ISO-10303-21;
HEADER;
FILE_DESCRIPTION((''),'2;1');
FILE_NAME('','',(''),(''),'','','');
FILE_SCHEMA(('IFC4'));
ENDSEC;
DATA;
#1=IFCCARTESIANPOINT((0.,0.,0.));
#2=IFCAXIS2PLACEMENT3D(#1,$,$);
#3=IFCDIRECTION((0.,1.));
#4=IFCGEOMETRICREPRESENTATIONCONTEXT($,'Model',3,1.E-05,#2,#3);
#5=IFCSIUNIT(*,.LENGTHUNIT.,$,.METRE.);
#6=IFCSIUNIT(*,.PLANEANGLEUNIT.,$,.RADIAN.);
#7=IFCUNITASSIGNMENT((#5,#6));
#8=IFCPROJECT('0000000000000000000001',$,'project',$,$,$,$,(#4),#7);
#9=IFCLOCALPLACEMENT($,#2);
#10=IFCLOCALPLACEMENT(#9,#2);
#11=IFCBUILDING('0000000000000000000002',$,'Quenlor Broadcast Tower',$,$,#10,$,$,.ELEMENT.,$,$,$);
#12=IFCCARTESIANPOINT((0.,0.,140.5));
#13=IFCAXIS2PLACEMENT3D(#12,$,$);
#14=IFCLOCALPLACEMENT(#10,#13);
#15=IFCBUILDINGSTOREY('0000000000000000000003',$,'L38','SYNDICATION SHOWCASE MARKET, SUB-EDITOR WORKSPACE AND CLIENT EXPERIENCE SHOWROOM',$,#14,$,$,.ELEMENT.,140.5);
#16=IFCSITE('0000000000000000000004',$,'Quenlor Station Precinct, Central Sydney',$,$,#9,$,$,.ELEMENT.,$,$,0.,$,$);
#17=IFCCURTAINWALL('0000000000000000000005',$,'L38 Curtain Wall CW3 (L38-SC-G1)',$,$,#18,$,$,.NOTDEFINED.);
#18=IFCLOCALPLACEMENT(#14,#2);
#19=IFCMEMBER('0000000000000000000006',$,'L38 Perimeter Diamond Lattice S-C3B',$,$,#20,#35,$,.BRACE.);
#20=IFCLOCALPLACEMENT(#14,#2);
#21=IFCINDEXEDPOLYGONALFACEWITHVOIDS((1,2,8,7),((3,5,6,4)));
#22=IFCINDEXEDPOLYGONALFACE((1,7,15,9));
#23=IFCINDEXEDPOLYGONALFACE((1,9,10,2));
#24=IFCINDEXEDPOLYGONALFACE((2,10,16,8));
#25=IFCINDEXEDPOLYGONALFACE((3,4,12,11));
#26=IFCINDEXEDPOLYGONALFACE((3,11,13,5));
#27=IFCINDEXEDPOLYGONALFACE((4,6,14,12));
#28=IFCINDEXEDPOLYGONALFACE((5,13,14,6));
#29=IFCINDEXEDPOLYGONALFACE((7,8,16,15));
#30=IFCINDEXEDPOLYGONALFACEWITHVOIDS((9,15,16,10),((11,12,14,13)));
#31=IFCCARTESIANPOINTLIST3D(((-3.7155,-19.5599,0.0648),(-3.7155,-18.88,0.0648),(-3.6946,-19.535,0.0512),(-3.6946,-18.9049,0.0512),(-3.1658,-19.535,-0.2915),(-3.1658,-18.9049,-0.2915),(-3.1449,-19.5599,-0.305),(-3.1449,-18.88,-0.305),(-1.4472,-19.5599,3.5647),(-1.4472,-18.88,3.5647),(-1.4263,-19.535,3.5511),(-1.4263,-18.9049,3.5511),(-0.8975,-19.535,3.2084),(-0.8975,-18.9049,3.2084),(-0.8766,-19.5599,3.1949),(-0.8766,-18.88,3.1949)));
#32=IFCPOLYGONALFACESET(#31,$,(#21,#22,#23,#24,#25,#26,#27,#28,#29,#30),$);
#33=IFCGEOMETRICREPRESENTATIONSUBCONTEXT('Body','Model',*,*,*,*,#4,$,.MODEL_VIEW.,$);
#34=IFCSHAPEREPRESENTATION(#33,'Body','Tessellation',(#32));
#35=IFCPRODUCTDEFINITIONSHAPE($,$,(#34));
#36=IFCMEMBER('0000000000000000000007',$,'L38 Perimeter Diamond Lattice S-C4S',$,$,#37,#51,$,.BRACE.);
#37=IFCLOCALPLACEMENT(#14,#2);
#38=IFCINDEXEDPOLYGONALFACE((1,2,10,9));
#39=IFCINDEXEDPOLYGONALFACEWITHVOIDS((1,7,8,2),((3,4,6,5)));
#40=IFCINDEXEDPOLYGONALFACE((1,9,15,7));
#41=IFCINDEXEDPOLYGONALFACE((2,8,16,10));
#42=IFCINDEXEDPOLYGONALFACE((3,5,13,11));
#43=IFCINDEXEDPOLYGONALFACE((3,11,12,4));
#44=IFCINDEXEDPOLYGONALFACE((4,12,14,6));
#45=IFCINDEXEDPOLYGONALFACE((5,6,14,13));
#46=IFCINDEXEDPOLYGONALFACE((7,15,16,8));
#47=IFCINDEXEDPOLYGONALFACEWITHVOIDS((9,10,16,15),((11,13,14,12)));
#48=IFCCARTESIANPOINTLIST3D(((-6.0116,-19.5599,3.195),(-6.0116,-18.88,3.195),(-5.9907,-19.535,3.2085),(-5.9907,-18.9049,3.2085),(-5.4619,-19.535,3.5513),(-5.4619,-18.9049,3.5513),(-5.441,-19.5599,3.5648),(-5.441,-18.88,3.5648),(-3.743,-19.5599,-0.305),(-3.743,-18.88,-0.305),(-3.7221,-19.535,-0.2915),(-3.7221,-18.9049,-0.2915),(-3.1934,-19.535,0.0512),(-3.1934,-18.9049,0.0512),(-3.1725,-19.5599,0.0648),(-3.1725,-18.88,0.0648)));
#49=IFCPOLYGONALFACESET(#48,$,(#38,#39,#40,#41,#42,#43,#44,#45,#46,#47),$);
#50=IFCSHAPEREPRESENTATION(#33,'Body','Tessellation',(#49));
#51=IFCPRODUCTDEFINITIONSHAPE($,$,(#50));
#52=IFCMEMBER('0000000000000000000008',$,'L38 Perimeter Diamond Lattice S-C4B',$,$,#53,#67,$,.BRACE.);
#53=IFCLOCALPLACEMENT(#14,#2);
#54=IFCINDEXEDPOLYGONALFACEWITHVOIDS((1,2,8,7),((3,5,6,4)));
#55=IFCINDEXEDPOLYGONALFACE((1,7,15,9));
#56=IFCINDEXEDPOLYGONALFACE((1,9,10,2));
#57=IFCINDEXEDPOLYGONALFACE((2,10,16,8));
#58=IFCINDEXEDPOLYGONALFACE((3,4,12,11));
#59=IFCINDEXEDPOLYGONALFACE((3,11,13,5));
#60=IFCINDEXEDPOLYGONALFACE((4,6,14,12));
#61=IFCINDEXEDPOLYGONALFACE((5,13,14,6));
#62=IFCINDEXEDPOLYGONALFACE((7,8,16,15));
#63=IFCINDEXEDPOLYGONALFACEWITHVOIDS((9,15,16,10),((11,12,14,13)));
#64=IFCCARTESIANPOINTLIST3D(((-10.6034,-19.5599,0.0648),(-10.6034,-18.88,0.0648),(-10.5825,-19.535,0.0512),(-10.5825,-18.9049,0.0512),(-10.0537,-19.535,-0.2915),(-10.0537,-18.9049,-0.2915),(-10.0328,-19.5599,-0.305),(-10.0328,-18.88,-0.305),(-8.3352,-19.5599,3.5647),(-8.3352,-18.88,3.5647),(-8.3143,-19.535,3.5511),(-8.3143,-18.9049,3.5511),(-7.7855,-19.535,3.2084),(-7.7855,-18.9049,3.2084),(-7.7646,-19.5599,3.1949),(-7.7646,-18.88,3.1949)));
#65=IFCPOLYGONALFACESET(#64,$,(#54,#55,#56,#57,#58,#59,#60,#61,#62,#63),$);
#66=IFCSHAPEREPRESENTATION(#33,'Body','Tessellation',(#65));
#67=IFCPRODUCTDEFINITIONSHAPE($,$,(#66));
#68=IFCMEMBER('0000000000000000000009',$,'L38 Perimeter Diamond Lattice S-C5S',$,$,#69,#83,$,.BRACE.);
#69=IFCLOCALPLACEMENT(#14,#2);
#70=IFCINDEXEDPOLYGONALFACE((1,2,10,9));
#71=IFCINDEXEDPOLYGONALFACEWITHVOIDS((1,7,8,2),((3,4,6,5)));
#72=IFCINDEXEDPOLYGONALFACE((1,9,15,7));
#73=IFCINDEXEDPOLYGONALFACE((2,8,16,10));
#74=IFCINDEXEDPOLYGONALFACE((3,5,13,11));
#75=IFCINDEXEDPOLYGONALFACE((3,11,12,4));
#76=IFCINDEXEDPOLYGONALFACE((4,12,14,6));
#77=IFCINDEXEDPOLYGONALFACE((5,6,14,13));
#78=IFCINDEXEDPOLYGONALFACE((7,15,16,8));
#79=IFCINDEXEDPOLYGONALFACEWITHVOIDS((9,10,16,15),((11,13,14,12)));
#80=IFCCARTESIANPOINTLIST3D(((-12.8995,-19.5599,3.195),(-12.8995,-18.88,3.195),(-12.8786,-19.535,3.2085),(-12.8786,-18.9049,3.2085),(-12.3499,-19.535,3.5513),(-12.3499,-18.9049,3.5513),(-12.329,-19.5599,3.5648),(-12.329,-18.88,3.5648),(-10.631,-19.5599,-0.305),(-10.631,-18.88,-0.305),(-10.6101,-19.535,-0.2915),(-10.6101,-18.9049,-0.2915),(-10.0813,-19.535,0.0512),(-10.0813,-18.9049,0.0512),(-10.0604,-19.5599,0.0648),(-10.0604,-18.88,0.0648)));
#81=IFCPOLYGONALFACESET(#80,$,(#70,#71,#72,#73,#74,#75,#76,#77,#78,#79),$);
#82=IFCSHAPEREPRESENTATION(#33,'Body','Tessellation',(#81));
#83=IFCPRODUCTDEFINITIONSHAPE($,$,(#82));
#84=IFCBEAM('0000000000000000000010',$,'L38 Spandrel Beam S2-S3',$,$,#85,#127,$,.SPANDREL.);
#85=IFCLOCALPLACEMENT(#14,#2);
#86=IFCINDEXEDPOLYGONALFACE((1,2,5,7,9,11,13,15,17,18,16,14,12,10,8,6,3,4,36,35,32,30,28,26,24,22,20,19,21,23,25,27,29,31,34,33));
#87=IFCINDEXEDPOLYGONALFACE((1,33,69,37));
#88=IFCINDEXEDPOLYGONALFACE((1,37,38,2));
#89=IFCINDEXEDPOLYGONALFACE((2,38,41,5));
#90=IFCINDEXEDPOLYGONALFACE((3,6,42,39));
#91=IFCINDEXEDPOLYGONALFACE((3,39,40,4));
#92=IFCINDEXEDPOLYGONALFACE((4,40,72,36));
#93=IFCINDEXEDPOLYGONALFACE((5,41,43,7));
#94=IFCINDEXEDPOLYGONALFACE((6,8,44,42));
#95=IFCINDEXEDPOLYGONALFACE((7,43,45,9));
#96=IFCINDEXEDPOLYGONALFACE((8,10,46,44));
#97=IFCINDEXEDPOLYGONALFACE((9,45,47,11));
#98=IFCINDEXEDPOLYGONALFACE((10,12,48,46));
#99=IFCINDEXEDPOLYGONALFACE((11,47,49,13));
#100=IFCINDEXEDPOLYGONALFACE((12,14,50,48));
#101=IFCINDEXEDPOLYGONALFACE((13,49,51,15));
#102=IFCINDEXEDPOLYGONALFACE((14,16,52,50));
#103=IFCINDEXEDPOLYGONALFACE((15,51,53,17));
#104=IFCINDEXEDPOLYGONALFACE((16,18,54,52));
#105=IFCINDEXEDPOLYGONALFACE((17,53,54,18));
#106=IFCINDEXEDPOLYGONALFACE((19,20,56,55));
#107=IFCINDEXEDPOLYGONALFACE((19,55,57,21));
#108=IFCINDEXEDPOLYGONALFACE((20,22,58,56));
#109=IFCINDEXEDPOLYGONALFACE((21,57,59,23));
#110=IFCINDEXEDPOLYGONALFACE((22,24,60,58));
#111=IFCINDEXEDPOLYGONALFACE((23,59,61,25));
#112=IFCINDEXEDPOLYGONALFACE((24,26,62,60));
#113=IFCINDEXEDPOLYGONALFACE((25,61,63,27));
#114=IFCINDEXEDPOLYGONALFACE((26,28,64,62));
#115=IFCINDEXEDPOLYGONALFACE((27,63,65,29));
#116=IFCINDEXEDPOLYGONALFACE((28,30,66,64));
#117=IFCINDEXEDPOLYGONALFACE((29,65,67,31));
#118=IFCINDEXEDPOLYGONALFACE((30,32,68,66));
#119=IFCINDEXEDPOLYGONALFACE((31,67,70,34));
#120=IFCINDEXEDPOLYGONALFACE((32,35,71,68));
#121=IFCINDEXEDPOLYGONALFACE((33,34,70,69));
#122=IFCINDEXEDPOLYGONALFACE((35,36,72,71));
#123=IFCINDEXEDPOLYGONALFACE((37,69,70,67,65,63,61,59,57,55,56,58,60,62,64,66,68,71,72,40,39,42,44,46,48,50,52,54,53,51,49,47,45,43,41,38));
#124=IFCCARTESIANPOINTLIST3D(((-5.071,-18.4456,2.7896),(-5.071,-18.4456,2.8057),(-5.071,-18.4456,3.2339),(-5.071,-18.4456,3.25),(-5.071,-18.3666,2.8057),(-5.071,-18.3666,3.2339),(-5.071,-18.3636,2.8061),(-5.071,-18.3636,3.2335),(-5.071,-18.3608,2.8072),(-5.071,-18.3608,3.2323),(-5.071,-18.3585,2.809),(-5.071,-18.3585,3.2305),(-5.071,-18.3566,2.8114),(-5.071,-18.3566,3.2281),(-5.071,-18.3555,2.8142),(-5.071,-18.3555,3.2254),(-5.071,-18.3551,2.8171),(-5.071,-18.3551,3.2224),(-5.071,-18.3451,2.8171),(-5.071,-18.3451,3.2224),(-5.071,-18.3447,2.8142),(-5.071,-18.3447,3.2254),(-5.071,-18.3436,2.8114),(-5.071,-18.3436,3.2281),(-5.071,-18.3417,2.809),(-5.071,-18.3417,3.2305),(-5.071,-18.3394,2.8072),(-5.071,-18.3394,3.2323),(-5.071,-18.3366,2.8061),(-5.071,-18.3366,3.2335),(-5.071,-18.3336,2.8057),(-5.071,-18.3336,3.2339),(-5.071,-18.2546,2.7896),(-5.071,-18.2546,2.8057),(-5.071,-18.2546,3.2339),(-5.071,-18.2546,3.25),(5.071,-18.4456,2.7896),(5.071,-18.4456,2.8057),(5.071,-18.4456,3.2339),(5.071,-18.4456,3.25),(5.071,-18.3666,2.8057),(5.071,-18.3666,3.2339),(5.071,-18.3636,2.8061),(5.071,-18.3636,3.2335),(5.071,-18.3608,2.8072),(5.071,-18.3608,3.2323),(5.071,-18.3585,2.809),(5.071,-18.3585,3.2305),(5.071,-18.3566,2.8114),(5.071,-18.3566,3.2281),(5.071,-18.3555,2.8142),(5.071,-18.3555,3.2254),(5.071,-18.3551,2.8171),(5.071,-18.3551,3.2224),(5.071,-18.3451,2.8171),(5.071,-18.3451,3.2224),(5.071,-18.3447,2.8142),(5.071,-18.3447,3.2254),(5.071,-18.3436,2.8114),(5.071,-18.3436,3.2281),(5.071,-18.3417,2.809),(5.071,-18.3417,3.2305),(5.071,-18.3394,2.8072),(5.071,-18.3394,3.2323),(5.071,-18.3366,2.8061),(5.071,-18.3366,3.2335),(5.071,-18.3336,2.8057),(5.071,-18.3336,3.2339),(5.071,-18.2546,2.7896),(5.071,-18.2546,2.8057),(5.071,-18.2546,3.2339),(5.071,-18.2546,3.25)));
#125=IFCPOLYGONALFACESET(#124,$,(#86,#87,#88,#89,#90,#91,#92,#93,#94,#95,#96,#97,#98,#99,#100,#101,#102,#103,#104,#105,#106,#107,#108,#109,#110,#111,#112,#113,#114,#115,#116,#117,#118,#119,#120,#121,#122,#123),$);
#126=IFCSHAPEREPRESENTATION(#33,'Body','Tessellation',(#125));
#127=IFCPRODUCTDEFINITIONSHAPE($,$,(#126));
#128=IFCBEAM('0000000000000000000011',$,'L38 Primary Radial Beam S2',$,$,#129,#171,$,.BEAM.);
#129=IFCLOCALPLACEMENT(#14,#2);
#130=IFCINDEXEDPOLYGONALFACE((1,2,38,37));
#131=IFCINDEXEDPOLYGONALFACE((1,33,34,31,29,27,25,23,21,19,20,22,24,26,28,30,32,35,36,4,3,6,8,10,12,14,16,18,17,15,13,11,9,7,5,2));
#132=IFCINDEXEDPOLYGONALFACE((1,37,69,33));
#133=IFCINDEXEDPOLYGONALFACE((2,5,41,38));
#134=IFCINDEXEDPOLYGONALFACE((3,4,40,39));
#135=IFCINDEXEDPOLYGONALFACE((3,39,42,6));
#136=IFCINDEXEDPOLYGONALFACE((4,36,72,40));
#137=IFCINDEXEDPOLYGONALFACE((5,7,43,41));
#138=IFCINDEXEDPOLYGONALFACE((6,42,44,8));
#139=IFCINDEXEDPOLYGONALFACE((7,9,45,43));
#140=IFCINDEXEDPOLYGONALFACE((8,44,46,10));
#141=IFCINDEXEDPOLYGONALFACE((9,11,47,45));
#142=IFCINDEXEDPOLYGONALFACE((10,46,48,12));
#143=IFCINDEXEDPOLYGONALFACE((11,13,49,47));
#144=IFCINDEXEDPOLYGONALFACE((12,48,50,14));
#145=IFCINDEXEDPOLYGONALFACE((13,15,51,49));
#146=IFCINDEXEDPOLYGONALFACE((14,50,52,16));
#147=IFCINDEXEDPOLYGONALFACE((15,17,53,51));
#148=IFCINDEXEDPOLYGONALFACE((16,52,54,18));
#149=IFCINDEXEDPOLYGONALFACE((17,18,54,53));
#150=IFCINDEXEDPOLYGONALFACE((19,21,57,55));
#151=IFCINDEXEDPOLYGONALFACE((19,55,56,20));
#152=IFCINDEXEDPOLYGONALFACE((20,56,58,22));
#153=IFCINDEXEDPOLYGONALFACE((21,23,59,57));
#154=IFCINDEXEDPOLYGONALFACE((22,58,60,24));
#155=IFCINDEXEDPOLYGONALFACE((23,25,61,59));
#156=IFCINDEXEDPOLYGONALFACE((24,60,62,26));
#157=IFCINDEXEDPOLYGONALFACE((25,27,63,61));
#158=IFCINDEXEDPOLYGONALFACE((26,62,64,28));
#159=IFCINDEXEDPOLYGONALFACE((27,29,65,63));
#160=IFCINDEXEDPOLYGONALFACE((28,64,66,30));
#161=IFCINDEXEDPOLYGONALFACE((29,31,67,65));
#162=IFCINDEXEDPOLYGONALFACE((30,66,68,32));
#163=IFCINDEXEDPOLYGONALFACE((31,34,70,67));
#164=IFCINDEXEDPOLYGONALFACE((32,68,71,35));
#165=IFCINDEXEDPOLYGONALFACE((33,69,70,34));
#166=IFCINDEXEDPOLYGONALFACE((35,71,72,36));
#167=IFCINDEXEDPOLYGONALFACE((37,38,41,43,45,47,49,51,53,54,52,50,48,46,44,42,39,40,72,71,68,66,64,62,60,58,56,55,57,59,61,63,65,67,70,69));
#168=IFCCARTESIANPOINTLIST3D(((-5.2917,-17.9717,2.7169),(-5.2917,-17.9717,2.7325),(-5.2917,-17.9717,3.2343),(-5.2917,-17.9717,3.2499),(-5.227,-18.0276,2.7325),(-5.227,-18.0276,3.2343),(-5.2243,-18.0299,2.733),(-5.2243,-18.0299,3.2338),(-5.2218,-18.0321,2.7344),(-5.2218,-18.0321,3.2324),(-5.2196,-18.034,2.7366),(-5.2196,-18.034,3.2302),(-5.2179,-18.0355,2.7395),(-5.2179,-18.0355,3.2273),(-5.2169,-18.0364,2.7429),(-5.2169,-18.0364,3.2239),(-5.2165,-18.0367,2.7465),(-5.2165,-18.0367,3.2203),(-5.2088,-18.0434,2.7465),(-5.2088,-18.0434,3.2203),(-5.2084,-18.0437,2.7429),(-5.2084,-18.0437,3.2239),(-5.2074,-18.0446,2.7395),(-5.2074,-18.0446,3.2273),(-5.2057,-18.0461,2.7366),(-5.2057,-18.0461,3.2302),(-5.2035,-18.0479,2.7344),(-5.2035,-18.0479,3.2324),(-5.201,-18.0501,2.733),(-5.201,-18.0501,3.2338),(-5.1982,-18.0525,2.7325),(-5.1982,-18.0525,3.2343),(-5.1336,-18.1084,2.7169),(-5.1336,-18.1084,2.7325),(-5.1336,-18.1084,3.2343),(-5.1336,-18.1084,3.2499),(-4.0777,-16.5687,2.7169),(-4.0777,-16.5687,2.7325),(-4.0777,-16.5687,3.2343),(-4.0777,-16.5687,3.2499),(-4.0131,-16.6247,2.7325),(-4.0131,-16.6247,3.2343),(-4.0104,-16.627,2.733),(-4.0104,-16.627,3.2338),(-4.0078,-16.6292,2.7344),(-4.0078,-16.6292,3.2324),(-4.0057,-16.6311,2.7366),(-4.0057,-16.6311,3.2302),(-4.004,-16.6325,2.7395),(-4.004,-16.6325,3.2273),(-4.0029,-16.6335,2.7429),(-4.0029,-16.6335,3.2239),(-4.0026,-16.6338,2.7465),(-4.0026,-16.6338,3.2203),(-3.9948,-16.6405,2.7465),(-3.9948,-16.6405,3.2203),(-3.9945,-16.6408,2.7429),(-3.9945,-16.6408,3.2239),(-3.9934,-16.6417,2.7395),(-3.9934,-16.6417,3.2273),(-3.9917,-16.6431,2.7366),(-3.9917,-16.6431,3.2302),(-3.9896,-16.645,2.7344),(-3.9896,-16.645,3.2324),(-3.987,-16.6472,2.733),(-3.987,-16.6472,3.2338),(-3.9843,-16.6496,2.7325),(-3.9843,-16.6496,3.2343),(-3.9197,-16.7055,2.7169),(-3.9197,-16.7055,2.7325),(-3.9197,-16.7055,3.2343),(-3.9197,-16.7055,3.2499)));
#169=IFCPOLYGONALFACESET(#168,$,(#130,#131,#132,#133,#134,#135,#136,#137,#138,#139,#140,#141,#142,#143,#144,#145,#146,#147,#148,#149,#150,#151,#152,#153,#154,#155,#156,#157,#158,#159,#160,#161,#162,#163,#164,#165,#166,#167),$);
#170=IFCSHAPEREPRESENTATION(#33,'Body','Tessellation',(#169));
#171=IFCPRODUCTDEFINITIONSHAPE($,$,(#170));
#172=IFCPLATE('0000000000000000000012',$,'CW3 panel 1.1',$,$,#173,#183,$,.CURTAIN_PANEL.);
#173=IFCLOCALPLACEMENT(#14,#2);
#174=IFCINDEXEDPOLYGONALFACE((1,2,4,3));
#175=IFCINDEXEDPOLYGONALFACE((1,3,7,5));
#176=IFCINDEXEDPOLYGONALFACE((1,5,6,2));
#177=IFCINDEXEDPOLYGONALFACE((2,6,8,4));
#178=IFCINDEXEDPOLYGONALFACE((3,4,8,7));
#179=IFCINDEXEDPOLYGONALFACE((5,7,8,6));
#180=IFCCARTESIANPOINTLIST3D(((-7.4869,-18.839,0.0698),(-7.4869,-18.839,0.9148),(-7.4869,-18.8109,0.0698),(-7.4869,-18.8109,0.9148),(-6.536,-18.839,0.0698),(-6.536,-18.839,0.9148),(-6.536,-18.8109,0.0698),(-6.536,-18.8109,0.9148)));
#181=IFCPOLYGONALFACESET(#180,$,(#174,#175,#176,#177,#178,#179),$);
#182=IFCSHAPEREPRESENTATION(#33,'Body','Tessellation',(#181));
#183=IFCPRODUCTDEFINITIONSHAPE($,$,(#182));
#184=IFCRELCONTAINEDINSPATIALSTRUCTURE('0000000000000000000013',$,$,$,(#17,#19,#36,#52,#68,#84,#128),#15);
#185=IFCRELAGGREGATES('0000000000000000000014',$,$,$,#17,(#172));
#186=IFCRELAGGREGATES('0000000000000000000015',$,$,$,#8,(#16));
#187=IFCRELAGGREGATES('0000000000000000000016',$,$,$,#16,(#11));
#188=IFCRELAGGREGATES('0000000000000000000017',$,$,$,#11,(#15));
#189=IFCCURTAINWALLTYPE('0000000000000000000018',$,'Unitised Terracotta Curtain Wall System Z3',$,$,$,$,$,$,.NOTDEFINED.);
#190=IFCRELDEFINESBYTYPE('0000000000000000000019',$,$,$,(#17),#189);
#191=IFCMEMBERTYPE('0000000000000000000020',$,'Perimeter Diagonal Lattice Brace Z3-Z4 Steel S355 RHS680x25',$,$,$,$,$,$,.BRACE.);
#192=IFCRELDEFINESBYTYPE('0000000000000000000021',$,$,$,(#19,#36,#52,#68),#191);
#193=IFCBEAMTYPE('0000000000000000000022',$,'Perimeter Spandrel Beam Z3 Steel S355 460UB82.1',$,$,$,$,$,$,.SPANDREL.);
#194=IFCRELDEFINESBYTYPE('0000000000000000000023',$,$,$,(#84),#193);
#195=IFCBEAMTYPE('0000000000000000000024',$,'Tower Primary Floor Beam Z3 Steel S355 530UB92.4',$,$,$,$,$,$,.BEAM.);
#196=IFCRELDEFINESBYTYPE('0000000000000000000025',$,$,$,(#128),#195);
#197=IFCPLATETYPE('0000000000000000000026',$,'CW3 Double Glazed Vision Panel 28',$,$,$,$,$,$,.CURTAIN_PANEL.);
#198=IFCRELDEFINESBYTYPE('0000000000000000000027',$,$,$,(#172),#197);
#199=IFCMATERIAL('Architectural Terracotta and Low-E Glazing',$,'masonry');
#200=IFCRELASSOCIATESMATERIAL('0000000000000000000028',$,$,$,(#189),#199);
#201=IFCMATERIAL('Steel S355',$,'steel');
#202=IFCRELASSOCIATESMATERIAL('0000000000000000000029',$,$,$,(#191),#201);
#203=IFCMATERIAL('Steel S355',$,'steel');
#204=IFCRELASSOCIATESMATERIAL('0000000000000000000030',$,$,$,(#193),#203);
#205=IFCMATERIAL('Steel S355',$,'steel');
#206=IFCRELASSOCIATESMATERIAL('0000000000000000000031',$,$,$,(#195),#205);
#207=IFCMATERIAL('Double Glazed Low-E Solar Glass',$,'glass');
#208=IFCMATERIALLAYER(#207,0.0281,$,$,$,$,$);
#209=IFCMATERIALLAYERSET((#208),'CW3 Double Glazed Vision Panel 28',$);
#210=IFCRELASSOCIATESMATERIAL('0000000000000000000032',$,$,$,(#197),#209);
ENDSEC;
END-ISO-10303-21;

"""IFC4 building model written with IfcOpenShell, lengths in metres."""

from ifc_helpers import new_model, si_unit, direction, frame, origin, origin_2d, place, context, subcontext, project, spatial, rectangle, hollow_rectangle, i_section, extrude, material, layer, layer_set, material_profile, profile_set, type_object, element, aggregate, save


model = new_model("IFC4")

# Units and contexts
model_context = context("Model", 3, precision=1e-05, world=origin(), true_north=direction((0.0, 1.0)))
body_context = subcontext(model_context, "Body", "Model", "MODEL_VIEW")
ifc_project = project(units=[si_unit("LENGTHUNIT", "METRE"), si_unit("PLANEANGLEUNIT", "RADIAN")], contexts=[model_context])

# Site, building, storey
site_placement = place(None, origin())
site = spatial("IfcSite", under=ifc_project, at=site_placement, Name="Quenlor Station Precinct, Central Sydney", CompositionType="ELEMENT", RefElevation=0.0)
building_placement = place(site_placement, origin())
building = spatial("IfcBuilding", under=site, at=building_placement, Name="Quenlor Broadcast Tower", CompositionType="ELEMENT")
storey_placement = place(building_placement, frame((0.0, 0.0, 140.5)))
storey = spatial("IfcBuildingStorey", under=building, at=storey_placement, Name="L38", Description="SYNDICATION SHOWCASE MARKET, SUB-EDITOR WORKSPACE AND CLIENT EXPERIENCE SHOWROOM", CompositionType="ELEMENT", Elevation=140.5)

# Curtain wall
ifc_material_1 = material(Name="Architectural Terracotta and Low-E Glazing", Category="masonry")
curtain_wall_type = type_object("IfcCurtainWallType", Name="Unitised Terracotta Curtain Wall System Z3", PredefinedType="NOTDEFINED", material=ifc_material_1)
curtain_wall_1_placement = place(storey_placement, origin())
curtain_wall_1 = element("IfcCurtainWall", 1, at=curtain_wall_1_placement, inside=storey, type_object=curtain_wall_type, Name="L38 Curtain Wall CW3 (L38-SC-G1)", PredefinedType="NOTDEFINED")

# Members
ifc_material_2 = material(Name="Steel S355", Category="steel")
ifc_material_profile_1 = material_profile(ifc_material_2, hollow_rectangle(XDim=0.6799, YDim=0.6799, WallThickness=0.0249, at=origin_2d()))
ifc_profile_set_1 = profile_set([ifc_material_profile_1], Name="Steel S355 RHS680x680x25")
member_type_1 = type_object("IfcMemberType", Name="Perimeter Diagonal Lattice Brace Z3-Z4 Steel S355 RHS680x25", PredefinedType="BRACE", material=ifc_profile_set_1)
member_1_placement = place(storey_placement, frame((-3.4302, -19.22, -0.1201), z_axis=(0.54386, 0.0, 0.839176), x_axis=(0.0, 1.0, 0.0)))
element("IfcMember", 2, at=member_1_placement, inside=storey, type_object=member_type_1, Name="L38 Perimeter Diamond Lattice S-C3B", PredefinedType="BRACE", context=body_context, shape_type="SweptSolid", body=[
    extrude(hollow_rectangle(XDim=0.6799, YDim=0.6799, WallThickness=0.0249, at=origin_2d()), origin(), (0.0, 0.0, 1.0), 4.1707),
])
member_2_placement = place(storey_placement, frame((-3.4578, -19.22, -0.1201), z_axis=(-0.543902, 0.0, 0.839149), x_axis=(0.0, -1.0, 0.0)))
element("IfcMember", 3, at=member_2_placement, inside=storey, type_object=member_type_1, Name="L38 Perimeter Diamond Lattice S-C4S", PredefinedType="BRACE", context=body_context, shape_type="SweptSolid", body=[
    extrude(hollow_rectangle(XDim=0.6799, YDim=0.6799, WallThickness=0.0249, at=origin_2d()), origin(), (0.0, 0.0, 1.0), 4.1709),
])
member_3_placement = place(storey_placement, frame((-10.3181, -19.22, -0.1201), z_axis=(0.54386, 0.0, 0.839176), x_axis=(0.0, 1.0, 0.0)))
element("IfcMember", 4, at=member_3_placement, inside=storey, type_object=member_type_1, Name="L38 Perimeter Diamond Lattice S-C4B", PredefinedType="BRACE", context=body_context, shape_type="SweptSolid", body=[
    extrude(hollow_rectangle(XDim=0.6799, YDim=0.6799, WallThickness=0.0249, at=origin_2d()), origin(), (0.0, 0.0, 1.0), 4.1707),
])
member_4_placement = place(storey_placement, frame((-10.3457, -19.22, -0.1201), z_axis=(-0.543902, 0.0, 0.839149), x_axis=(0.0, -1.0, 0.0)))
element("IfcMember", 5, at=member_4_placement, inside=storey, type_object=member_type_1, Name="L38 Perimeter Diamond Lattice S-C5S", PredefinedType="BRACE", context=body_context, shape_type="SweptSolid", body=[
    extrude(hollow_rectangle(XDim=0.6799, YDim=0.6799, WallThickness=0.0249, at=origin_2d()), origin(), (0.0, 0.0, 1.0), 4.1709),
])

# Beams
ifc_material_3 = material(Name="Steel S355", Category="steel")
ifc_material_profile_2 = material_profile(ifc_material_3, i_section(OverallWidth=0.1909, OverallDepth=0.4604, WebThickness=0.01, FlangeThickness=0.0161, FilletRadius=0.0115, at=origin_2d()))
ifc_profile_set_2 = profile_set([ifc_material_profile_2], Name="Steel S355 460UB82.1")
beam_type_1 = type_object("IfcBeamType", Name="Perimeter Spandrel Beam Z3 Steel S355 460UB82.1", PredefinedType="SPANDREL", material=ifc_profile_set_2)
beam_1_placement = place(storey_placement, frame((-5.071, -18.3501, 3.0198), z_axis=(1.0, 0.0, 0.0), x_axis=(0.0, 1.0, 0.0)))
element("IfcBeam", 6, at=beam_1_placement, inside=storey, type_object=beam_type_1, Name="L38 Spandrel Beam S2-S3", PredefinedType="SPANDREL", context=body_context, shape_type="SweptSolid", body=[
    extrude(i_section(OverallWidth=0.1909, OverallDepth=0.4604, WebThickness=0.01, FlangeThickness=0.0161, FilletRadius=0.0115, at=origin_2d()), origin(), (0.0, 0.0, 1.0), 10.1421),
])
ifc_material_4 = material(Name="Steel S355", Category="steel")
ifc_material_profile_3 = material_profile(ifc_material_4, i_section(OverallWidth=0.209, OverallDepth=0.533, WebThickness=0.0103, FlangeThickness=0.0156, FilletRadius=0.0139, at=origin_2d()))
ifc_profile_set_3 = profile_set([ifc_material_profile_3], Name="Steel S355 530UB92.4")
beam_type_2 = type_object("IfcBeamType", Name="Tower Primary Floor Beam Z3 Steel S355 530UB92.4", PredefinedType="BEAM", material=ifc_profile_set_3)
beam_2_placement = place(storey_placement, frame((-5.2126, -18.04, 2.9834), z_axis=(0.654339, 0.756201, 0.0), x_axis=(-0.756201, 0.654339, 0.0)))
element("IfcBeam", 7, at=beam_2_placement, inside=storey, type_object=beam_type_2, Name="L38 Primary Radial Beam S2", PredefinedType="BEAM", context=body_context, shape_type="SweptSolid", body=[
    extrude(i_section(OverallWidth=0.209, OverallDepth=0.533, WebThickness=0.0103, FlangeThickness=0.0156, FilletRadius=0.0139, at=origin_2d()), origin(), (0.0, 0.0, 1.0), 1.8552),
])

# Plate
ifc_material_5 = material(Name="Double Glazed Low-E Solar Glass", Category="glass")
ifc_layer_1 = layer(ifc_material_5, 0.0281)
ifc_layer_set_1 = layer_set([ifc_layer_1], Name="CW3 Double Glazed Vision Panel 28")
plate_type_1 = type_object("IfcPlateType", Name="CW3 Double Glazed Vision Panel 28", PredefinedType="CURTAIN_PANEL", material=ifc_layer_set_1)
plate_1_placement = place(storey_placement, frame((-7.0115, -18.825, 0.0698), z_axis=(0.0, 0.0, 1.0), x_axis=(-1.0, 0.0, 0.0)))
plate_1 = element("IfcPlate", 8, at=plate_1_placement, type_object=plate_type_1, Name="CW3 panel 1.1", PredefinedType="CURTAIN_PANEL", context=body_context, shape_type="SweptSolid", body=[
    extrude(rectangle(XDim=0.9509, YDim=0.0281, at=origin_2d()), origin(), (0.0, 0.0, 1.0), 0.845),
])
aggregate(curtain_wall_1, [plate_1])

save(model, "model.ifc")
